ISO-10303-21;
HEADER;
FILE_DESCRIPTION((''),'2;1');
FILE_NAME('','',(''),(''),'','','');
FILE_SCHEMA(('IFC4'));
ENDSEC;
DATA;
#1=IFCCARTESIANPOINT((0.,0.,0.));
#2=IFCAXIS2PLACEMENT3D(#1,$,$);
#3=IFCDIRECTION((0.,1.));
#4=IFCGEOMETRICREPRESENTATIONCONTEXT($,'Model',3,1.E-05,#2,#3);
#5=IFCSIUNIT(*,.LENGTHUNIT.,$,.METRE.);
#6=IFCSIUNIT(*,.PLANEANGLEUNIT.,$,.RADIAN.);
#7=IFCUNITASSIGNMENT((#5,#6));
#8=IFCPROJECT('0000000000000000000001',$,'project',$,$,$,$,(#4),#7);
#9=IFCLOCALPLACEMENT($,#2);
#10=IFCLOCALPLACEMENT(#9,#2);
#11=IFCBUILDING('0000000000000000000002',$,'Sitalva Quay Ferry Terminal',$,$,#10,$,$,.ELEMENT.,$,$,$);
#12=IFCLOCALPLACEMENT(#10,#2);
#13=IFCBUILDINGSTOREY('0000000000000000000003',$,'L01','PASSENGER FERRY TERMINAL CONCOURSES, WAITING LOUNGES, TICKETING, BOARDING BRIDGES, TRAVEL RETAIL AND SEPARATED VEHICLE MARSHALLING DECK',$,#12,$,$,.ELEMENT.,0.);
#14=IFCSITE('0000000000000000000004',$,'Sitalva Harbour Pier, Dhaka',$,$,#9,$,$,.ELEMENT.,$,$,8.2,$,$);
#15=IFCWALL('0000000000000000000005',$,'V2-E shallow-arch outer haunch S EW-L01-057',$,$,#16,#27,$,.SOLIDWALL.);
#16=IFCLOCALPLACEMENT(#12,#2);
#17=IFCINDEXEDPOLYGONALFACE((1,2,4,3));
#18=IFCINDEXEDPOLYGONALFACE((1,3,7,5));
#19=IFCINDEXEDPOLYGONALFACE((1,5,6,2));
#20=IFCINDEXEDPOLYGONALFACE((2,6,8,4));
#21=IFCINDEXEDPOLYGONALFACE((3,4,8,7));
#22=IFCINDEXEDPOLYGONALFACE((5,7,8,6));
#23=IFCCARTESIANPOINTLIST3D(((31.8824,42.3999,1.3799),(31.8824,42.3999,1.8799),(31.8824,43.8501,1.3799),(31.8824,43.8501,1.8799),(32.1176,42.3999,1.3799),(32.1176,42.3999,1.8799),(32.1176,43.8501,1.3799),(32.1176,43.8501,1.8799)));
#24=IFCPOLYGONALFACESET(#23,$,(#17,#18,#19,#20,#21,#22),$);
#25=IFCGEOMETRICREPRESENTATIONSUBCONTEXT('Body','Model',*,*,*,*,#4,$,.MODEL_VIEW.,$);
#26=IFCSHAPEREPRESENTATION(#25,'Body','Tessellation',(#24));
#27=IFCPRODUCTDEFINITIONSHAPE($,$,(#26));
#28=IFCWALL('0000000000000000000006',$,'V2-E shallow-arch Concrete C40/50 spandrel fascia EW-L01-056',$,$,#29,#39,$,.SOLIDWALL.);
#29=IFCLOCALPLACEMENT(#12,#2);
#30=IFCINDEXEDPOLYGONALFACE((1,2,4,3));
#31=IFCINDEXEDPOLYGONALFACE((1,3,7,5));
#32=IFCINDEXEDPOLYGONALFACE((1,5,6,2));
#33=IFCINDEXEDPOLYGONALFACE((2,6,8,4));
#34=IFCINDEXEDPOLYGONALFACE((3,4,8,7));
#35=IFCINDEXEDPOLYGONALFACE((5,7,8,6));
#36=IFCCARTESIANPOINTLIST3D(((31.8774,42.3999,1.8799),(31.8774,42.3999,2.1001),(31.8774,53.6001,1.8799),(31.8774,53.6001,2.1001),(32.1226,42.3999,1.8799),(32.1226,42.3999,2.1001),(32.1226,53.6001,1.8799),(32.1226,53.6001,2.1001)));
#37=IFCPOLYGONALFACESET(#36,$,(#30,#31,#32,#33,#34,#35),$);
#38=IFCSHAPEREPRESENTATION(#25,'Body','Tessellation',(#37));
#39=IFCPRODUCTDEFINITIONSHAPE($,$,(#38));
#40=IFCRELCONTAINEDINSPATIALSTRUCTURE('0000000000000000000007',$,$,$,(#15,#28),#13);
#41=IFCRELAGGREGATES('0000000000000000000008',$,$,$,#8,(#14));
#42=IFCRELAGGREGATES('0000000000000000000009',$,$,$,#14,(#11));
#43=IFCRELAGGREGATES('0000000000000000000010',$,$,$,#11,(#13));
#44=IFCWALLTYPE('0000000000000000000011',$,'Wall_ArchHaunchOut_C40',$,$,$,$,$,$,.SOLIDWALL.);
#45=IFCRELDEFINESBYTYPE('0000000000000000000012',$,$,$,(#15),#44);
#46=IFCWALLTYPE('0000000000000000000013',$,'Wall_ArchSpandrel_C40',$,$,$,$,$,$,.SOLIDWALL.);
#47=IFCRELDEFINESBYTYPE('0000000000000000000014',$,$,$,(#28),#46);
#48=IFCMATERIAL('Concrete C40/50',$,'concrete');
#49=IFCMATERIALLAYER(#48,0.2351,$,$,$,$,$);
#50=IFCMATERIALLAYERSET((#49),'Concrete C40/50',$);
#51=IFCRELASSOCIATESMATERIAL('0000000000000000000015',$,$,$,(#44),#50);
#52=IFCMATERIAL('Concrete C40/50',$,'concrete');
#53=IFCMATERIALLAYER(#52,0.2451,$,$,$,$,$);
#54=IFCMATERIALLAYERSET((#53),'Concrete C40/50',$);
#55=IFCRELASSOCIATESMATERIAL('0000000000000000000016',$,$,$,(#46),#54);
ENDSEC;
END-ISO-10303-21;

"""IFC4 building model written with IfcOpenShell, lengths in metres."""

from ifc_helpers import new_model, si_unit, direction, frame, frame_2d, origin, place, context, subcontext, project, spatial, rectangle, extrude, material, layer, layer_set, type_object, element, save


model = new_model("IFC4")

# Units and contexts
model_context = context("Model", 3, precision=1e-05, world=origin(), true_north=direction((0.0, 1.0)))
body_context = subcontext(model_context, "Body", "Model", "MODEL_VIEW")
ifc_project = project(units=[si_unit("LENGTHUNIT", "METRE"), si_unit("PLANEANGLEUNIT", "RADIAN")], contexts=[model_context])

# Site, building, storey
site_placement = place(None, origin())
site = spatial("IfcSite", under=ifc_project, at=site_placement, Name="Sitalva Harbour Pier, Dhaka", CompositionType="ELEMENT", RefElevation=8.2)
building_placement = place(site_placement, origin())
building = spatial("IfcBuilding", under=site, at=building_placement, Name="Sitalva Quay Ferry Terminal", CompositionType="ELEMENT")
storey_placement = place(building_placement, origin())
storey = spatial("IfcBuildingStorey", under=building, at=storey_placement, Name="L01", Description="PASSENGER FERRY TERMINAL CONCOURSES, WAITING LOUNGES, TICKETING, BOARDING BRIDGES, TRAVEL RETAIL AND SEPARATED VEHICLE MARSHALLING DECK", CompositionType="ELEMENT", Elevation=0.0)

# Walls
ifc_material_1 = material(Name="Concrete C40/50", Category="concrete")
ifc_layer_1 = layer(ifc_material_1, 0.2351)
ifc_layer_set_1 = layer_set([ifc_layer_1], Name="Concrete C40/50")
wall_type_1 = type_object("IfcWallType", Name="Wall_ArchHaunchOut_C40", PredefinedType="SOLIDWALL", material=ifc_layer_set_1)
for number, where, z_axis, x_axis, name in (
    (1, (32.0, 42.3999, 1.3799), (0.0, 0.0, 1.0), (0.0, 1.0, 0.0), "V2-E shallow-arch outer haunch S EW-L01-057"),
):
    element("IfcWall", number, at=place(storey_placement, frame(where, z_axis=z_axis, x_axis=x_axis)), inside=storey, type_object=wall_type_1, Name=name, PredefinedType="SOLIDWALL", context=body_context, shape_type="SweptSolid", body=[
        extrude(rectangle(XDim=1.4502, YDim=0.2351, at=frame_2d((0.7251, 0.0))), origin(), (0.0, 0.0, 1.0), 0.5),
    ])
ifc_material_2 = material(Name="Concrete C40/50", Category="concrete")
ifc_layer_2 = layer(ifc_material_2, 0.2451)
ifc_layer_set_2 = layer_set([ifc_layer_2], Name="Concrete C40/50")
wall_type_2 = type_object("IfcWallType", Name="Wall_ArchSpandrel_C40", PredefinedType="SOLIDWALL", material=ifc_layer_set_2)
wall_1_placement = place(storey_placement, frame((32.0, 42.3999, 1.8799), z_axis=(0.0, 0.0, 1.0), x_axis=(0.0, 1.0, 0.0)))
element("IfcWall", 2, at=wall_1_placement, inside=storey, type_object=wall_type_2, Name="V2-E shallow-arch Concrete C40/50 spandrel fascia EW-L01-056", PredefinedType="SOLIDWALL", context=body_context, shape_type="SweptSolid", body=[
    extrude(rectangle(XDim=11.2002, YDim=0.2451, at=frame_2d((5.6001, 0.0))), origin(), (0.0, 0.0, 1.0), 0.2202),
])

save(model, "model.ifc")
